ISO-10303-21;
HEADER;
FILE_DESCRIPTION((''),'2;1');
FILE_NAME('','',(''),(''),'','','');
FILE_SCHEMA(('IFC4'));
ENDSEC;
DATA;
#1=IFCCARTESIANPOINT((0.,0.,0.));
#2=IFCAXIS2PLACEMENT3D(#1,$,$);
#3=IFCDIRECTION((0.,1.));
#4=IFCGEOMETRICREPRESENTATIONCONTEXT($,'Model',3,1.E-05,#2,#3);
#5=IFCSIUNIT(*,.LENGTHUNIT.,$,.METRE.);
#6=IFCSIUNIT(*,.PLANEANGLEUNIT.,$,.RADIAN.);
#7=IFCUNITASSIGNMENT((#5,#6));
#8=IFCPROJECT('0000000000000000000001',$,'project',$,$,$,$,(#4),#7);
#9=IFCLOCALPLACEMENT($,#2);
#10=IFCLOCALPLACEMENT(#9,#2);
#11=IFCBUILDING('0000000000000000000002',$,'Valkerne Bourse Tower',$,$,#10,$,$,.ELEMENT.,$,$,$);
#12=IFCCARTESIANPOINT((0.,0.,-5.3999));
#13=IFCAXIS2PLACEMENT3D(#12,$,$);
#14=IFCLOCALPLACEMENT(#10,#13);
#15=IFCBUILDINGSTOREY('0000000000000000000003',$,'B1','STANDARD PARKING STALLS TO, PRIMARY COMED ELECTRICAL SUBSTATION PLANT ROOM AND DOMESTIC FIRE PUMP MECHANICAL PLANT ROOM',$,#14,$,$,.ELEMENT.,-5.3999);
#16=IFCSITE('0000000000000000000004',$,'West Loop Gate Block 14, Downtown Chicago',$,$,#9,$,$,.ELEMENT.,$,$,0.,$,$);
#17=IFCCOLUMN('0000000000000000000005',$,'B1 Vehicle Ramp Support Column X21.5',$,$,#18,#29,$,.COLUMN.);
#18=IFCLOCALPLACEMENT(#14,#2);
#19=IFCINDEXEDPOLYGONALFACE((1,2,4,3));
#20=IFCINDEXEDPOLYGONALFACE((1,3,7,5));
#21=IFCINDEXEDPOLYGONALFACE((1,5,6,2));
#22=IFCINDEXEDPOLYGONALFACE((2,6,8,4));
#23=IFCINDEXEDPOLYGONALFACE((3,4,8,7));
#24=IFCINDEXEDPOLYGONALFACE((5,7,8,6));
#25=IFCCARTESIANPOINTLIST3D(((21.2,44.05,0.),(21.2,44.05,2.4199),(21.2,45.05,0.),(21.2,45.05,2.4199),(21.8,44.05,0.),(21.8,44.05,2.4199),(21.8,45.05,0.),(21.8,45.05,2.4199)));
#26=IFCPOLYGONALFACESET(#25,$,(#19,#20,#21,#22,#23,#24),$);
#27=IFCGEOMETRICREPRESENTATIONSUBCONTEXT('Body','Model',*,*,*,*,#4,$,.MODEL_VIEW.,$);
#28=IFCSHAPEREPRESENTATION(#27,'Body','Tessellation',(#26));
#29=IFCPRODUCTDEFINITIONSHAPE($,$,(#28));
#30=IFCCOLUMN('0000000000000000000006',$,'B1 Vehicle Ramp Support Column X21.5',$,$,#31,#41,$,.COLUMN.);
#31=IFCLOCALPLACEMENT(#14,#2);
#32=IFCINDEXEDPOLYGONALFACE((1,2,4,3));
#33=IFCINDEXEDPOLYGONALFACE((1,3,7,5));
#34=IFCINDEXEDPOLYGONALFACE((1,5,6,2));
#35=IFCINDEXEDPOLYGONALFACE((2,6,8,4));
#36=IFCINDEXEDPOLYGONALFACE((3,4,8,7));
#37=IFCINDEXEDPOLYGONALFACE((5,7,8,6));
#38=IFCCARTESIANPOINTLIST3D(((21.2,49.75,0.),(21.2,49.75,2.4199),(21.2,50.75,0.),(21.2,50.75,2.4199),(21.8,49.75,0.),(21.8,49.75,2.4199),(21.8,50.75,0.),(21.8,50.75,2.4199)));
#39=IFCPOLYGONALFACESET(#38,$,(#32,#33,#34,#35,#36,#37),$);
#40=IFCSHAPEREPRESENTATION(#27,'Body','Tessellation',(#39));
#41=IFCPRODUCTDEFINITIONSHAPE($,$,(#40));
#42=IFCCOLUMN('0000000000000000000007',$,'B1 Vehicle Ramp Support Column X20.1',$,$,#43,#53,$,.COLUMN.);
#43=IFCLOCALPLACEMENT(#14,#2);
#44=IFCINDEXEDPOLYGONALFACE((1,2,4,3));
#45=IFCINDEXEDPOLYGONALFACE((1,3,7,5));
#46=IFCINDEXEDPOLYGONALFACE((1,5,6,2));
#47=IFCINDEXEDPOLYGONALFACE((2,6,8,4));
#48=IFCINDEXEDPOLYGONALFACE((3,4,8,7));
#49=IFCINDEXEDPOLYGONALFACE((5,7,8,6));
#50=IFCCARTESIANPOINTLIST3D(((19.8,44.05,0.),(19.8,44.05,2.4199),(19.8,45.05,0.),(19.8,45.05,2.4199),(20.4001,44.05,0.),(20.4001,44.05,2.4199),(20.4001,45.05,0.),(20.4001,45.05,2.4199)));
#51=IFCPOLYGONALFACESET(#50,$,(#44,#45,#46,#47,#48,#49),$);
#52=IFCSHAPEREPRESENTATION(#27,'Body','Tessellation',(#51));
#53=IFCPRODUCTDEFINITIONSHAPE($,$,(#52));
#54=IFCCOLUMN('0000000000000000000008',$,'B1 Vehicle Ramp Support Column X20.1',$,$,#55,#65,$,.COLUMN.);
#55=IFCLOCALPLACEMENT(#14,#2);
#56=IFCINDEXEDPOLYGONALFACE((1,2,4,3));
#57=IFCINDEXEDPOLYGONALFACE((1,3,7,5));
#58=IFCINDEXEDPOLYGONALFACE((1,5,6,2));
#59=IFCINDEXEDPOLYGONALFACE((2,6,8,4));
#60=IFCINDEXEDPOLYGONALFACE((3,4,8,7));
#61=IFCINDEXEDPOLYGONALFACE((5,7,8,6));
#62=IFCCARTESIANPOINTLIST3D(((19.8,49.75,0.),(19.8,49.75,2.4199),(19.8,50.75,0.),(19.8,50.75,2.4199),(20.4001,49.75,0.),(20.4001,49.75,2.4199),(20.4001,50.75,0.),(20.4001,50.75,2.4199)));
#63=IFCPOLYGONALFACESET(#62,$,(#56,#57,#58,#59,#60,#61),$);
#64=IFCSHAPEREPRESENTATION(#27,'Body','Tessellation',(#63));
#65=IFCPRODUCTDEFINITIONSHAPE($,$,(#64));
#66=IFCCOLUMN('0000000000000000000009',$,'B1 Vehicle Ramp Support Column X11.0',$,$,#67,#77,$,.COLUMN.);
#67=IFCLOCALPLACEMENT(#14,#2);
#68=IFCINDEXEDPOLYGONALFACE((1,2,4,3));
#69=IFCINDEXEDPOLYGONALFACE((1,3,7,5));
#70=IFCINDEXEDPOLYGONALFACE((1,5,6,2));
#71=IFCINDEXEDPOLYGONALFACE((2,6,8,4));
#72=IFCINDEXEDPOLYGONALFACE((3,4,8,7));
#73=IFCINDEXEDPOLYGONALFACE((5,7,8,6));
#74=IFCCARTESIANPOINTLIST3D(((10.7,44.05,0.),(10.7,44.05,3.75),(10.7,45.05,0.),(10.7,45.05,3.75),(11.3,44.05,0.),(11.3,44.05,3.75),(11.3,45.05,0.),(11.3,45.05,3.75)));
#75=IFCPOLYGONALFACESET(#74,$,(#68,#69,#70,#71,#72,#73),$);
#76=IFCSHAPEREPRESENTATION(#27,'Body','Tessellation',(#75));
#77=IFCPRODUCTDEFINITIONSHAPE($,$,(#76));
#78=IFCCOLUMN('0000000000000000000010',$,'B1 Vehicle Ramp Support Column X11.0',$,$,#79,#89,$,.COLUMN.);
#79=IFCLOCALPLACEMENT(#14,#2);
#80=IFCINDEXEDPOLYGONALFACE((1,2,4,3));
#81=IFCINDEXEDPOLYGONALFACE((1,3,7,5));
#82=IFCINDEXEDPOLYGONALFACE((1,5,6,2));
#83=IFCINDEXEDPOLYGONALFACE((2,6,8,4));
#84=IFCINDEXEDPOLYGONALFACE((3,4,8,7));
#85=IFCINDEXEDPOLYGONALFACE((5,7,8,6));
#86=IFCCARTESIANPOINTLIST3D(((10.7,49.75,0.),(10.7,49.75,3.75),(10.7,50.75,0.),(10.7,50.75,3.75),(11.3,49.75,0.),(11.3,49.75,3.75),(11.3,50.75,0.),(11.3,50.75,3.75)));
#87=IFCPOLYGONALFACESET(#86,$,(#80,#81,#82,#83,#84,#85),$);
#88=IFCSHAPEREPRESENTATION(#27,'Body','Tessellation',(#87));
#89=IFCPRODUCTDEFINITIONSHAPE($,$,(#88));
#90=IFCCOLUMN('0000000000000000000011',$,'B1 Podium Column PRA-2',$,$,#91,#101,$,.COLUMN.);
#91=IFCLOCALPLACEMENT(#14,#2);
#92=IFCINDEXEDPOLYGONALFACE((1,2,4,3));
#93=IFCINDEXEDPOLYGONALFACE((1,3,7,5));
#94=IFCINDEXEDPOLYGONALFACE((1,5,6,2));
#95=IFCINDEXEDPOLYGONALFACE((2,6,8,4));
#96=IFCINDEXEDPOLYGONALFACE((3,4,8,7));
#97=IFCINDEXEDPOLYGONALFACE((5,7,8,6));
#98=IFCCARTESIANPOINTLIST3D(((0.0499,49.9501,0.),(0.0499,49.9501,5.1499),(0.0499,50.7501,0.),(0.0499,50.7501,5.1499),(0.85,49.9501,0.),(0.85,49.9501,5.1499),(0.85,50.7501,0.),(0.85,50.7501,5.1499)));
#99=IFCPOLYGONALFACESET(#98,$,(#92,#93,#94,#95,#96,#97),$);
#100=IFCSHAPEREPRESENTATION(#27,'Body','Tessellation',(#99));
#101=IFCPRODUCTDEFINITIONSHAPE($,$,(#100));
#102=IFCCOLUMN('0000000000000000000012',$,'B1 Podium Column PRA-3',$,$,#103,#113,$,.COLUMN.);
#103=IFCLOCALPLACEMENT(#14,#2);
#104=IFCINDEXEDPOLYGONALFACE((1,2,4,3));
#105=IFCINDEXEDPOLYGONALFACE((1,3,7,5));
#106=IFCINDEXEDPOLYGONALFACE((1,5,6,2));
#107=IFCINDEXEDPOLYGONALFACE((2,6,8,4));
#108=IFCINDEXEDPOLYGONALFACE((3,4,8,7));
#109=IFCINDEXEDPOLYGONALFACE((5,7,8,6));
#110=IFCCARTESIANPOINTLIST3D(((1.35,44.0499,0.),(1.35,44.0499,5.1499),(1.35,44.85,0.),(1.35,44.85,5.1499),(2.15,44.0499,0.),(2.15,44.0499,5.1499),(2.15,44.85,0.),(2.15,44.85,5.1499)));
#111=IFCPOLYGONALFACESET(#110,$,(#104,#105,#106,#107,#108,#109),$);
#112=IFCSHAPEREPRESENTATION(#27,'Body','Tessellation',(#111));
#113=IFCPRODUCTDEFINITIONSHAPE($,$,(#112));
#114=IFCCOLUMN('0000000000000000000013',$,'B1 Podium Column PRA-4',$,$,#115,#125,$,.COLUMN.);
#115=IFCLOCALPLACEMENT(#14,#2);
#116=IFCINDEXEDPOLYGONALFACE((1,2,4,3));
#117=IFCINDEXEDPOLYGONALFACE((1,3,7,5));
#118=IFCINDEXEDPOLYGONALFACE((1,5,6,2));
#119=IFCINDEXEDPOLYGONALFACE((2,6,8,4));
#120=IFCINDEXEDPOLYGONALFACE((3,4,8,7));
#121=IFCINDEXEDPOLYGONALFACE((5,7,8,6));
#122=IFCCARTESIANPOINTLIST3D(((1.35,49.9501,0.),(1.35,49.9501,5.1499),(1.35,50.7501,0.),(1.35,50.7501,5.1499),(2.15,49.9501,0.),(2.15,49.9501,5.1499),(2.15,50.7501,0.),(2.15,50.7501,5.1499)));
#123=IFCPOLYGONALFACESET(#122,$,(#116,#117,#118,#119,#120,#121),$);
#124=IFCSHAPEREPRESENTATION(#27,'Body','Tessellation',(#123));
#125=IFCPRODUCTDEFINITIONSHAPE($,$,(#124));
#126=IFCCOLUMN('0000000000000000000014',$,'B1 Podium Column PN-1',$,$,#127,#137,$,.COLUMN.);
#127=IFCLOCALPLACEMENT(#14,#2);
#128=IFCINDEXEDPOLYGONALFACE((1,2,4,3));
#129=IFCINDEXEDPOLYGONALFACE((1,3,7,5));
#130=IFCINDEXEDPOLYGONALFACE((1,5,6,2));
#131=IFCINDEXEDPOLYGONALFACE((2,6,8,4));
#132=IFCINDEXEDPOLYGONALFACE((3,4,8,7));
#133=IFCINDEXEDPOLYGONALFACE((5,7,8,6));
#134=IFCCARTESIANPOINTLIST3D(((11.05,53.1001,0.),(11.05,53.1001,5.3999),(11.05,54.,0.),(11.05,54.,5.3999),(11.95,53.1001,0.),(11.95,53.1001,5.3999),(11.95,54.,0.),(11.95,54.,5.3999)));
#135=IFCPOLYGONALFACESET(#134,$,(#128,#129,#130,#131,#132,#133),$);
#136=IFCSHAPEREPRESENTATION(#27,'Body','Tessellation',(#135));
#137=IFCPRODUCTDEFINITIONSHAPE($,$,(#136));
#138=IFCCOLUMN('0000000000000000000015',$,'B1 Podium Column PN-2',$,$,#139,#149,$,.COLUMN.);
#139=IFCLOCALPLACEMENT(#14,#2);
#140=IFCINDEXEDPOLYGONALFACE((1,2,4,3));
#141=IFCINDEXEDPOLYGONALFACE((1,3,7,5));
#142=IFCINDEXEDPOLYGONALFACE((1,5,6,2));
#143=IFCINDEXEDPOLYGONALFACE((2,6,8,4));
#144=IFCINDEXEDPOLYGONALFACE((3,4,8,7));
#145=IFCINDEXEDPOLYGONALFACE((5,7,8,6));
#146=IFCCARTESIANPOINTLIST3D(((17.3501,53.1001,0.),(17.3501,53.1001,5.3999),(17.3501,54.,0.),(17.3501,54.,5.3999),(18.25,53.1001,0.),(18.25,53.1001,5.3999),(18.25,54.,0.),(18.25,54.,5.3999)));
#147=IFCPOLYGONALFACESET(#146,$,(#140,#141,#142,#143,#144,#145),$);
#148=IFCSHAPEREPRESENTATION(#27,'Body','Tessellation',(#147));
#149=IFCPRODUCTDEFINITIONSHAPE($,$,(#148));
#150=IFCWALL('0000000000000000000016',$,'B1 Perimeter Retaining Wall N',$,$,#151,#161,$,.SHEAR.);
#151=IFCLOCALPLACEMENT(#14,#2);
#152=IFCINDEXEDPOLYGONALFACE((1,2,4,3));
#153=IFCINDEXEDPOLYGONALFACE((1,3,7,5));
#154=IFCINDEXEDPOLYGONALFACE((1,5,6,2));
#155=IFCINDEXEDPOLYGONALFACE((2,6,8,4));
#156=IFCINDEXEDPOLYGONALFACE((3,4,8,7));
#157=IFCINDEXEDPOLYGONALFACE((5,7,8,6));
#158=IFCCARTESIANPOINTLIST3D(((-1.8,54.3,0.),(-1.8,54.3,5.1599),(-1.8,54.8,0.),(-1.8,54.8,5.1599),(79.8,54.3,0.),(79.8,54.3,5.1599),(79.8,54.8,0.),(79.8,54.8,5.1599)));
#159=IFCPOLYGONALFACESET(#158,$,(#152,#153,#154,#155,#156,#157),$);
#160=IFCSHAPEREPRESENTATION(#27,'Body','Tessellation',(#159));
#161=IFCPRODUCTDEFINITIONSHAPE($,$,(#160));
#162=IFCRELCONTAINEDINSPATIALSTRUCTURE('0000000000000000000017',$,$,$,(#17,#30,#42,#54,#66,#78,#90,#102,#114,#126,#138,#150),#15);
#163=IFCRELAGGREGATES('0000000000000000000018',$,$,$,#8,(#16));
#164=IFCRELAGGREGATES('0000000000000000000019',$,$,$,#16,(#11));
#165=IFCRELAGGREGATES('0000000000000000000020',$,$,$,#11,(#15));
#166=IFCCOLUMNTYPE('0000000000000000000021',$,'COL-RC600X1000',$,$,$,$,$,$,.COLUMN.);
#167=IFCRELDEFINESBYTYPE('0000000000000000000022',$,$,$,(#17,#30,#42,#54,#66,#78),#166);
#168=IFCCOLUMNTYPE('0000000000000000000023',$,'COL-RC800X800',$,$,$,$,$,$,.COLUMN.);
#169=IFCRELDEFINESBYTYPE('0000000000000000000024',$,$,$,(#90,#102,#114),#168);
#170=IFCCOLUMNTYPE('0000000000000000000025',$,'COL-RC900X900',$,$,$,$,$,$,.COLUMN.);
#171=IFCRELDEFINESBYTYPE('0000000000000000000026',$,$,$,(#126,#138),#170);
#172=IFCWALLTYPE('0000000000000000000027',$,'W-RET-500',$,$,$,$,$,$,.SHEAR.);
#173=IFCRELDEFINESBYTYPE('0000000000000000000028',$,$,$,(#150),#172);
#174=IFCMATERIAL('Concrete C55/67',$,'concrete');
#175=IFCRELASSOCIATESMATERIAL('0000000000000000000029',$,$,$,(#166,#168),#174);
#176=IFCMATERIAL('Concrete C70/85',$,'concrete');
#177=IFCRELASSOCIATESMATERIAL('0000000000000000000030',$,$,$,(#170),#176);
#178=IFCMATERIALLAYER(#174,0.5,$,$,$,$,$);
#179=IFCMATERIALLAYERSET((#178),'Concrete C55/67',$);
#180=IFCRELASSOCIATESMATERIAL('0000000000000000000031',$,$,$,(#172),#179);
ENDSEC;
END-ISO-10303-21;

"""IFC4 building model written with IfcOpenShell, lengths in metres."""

from ifc_helpers import new_model, si_unit, direction, frame, frame_2d, origin, origin_2d, place, context, subcontext, project, spatial, rectangle, extrude, material, layer, layer_set, material_profile, profile_set, type_object, element, save


model = new_model("IFC4")

# Units and contexts
model_context = context("Model", 3, precision=1e-05, world=origin(), true_north=direction((0.0, 1.0)))
body_context = subcontext(model_context, "Body", "Model", "MODEL_VIEW")
ifc_project = project(units=[si_unit("LENGTHUNIT", "METRE"), si_unit("PLANEANGLEUNIT", "RADIAN")], contexts=[model_context])

# Site, building, storey
site_placement = place(None, origin())
site = spatial("IfcSite", under=ifc_project, at=site_placement, Name="West Loop Gate Block 14, Downtown Chicago", CompositionType="ELEMENT", RefElevation=0.0)
building_placement = place(site_placement, origin())
building = spatial("IfcBuilding", under=site, at=building_placement, Name="Valkerne Bourse Tower", CompositionType="ELEMENT")
storey_placement = place(building_placement, frame((0.0, 0.0, -5.3999)))
storey = spatial("IfcBuildingStorey", under=building, at=storey_placement, Name="B1", Description="STANDARD PARKING STALLS TO, PRIMARY COMED ELECTRICAL SUBSTATION PLANT ROOM AND DOMESTIC FIRE PUMP MECHANICAL PLANT ROOM", CompositionType="ELEMENT", Elevation=-5.3999)

# Shared definitions
ifc_material_1 = material(Name="Concrete C55/67", Category="concrete")

# Columns
ifc_material_2 = material(Name="Concrete C70/85", Category="concrete")
ifc_material_profile_1 = material_profile(ifc_material_1, rectangle(XDim=0.6001, YDim=1.0, at=origin_2d()), Name="RC600X1000")
ifc_profile_set_1 = profile_set([ifc_material_profile_1], Name="Concrete C55/67")
column_type_1 = type_object("IfcColumnType", Name="COL-RC600X1000", PredefinedType="COLUMN", material=ifc_profile_set_1)
for number, where, z_axis, x_axis, name in (
    (1, (21.5, 44.55, 0.0), (0.0, 0.0, 1.0), (1.0, 0.0, 0.0), "B1 Vehicle Ramp Support Column X21.5"),
    (2, (21.5, 50.25, 0.0), (0.0, 0.0, 1.0), (1.0, 0.0, 0.0), "B1 Vehicle Ramp Support Column X21.5"),
    (3, (20.1001, 44.55, 0.0), (0.0, 0.0, 1.0), (1.0, 0.0, 0.0), "B1 Vehicle Ramp Support Column X20.1"),
    (4, (20.1001, 50.25, 0.0), (0.0, 0.0, 1.0), (1.0, 0.0, 0.0), "B1 Vehicle Ramp Support Column X20.1"),
):
    element("IfcColumn", number, at=place(storey_placement, frame(where, z_axis=z_axis, x_axis=x_axis)), inside=storey, type_object=column_type_1, Name=name, PredefinedType="COLUMN", context=body_context, shape_type="SweptSolid", body=[
        extrude(rectangle(XDim=0.6001, YDim=1.0, at=origin_2d()), origin(), (0.0, 0.0, 1.0), 2.4199),
    ])
for number, where, z_axis, x_axis, name in (
    (5, (11.0, 44.55, 0.0), (0.0, 0.0, 1.0), (1.0, 0.0, 0.0), "B1 Vehicle Ramp Support Column X11.0"),
    (6, (11.0, 50.25, 0.0), (0.0, 0.0, 1.0), (1.0, 0.0, 0.0), "B1 Vehicle Ramp Support Column X11.0"),
):
    element("IfcColumn", number, at=place(storey_placement, frame(where, z_axis=z_axis, x_axis=x_axis)), inside=storey, type_object=column_type_1, Name=name, PredefinedType="COLUMN", context=body_context, shape_type="SweptSolid", body=[
        extrude(rectangle(XDim=0.6001, YDim=1.0, at=origin_2d()), origin(), (0.0, 0.0, 1.0), 3.75),
    ])
ifc_material_profile_2 = material_profile(ifc_material_1, rectangle(XDim=0.8, YDim=0.8, at=origin_2d()), Name="RC800X800")
ifc_profile_set_2 = profile_set([ifc_material_profile_2], Name="Concrete C55/67")
column_type_2 = type_object("IfcColumnType", Name="COL-RC800X800", PredefinedType="COLUMN", material=ifc_profile_set_2)
for number, where, z_axis, x_axis, name in (
    (7, (0.45, 50.3501, 0.0), (0.0, 0.0, 1.0), (1.0, 0.0, 0.0), "B1 Podium Column PRA-2"),
    (8, (1.75, 44.45, 0.0), (0.0, 0.0, 1.0), (1.0, 0.0, 0.0), "B1 Podium Column PRA-3"),
    (9, (1.75, 50.3501, 0.0), (0.0, 0.0, 1.0), (1.0, 0.0, 0.0), "B1 Podium Column PRA-4"),
):
    element("IfcColumn", number, at=place(storey_placement, frame(where, z_axis=z_axis, x_axis=x_axis)), inside=storey, type_object=column_type_2, Name=name, PredefinedType="COLUMN", context=body_context, shape_type="SweptSolid", body=[
        extrude(rectangle(XDim=0.8, YDim=0.8, at=origin_2d()), origin(), (0.0, 0.0, 1.0), 5.1499),
    ])
ifc_material_profile_3 = material_profile(ifc_material_2, rectangle(XDim=0.8999, YDim=0.8999, at=origin_2d()), Name="RC900X900")
ifc_profile_set_3 = profile_set([ifc_material_profile_3], Name="Concrete C70/85")
column_type_3 = type_object("IfcColumnType", Name="COL-RC900X900", PredefinedType="COLUMN", material=ifc_profile_set_3)
for number, where, z_axis, x_axis, name in (
    (10, (11.5, 53.55, 0.0), (0.0, 0.0, 1.0), (1.0, 0.0, 0.0), "B1 Podium Column PN-1"),
    (11, (17.8, 53.55, 0.0), (0.0, 0.0, 1.0), (1.0, 0.0, 0.0), "B1 Podium Column PN-2"),
):
    element("IfcColumn", number, at=place(storey_placement, frame(where, z_axis=z_axis, x_axis=x_axis)), inside=storey, type_object=column_type_3, Name=name, PredefinedType="COLUMN", context=body_context, shape_type="SweptSolid", body=[
        extrude(rectangle(XDim=0.8999, YDim=0.8999, at=origin_2d()), origin(), (0.0, 0.0, 1.0), 5.3999),
    ])

# Wall
ifc_layer = layer(ifc_material_1, 0.5)
ifc_layer_set = layer_set([ifc_layer], Name="Concrete C55/67")
wall_type = type_object("IfcWallType", Name="W-RET-500", PredefinedType="SHEAR", material=ifc_layer_set)
wall_placement = place(storey_placement, frame((-1.8, 54.55, 0.0), z_axis=(0.0, 0.0, 1.0), x_axis=(1.0, 0.0, 0.0)))
element("IfcWall", 12, at=wall_placement, inside=storey, type_object=wall_type, Name="B1 Perimeter Retaining Wall N", PredefinedType="SHEAR", context=body_context, shape_type="SweptSolid", body=[
    extrude(rectangle(XDim=81.6001, YDim=0.5, at=frame_2d((40.8, 0.0))), origin(), (0.0, 0.0, 1.0), 5.1599),
])

save(model, "model.ifc")
